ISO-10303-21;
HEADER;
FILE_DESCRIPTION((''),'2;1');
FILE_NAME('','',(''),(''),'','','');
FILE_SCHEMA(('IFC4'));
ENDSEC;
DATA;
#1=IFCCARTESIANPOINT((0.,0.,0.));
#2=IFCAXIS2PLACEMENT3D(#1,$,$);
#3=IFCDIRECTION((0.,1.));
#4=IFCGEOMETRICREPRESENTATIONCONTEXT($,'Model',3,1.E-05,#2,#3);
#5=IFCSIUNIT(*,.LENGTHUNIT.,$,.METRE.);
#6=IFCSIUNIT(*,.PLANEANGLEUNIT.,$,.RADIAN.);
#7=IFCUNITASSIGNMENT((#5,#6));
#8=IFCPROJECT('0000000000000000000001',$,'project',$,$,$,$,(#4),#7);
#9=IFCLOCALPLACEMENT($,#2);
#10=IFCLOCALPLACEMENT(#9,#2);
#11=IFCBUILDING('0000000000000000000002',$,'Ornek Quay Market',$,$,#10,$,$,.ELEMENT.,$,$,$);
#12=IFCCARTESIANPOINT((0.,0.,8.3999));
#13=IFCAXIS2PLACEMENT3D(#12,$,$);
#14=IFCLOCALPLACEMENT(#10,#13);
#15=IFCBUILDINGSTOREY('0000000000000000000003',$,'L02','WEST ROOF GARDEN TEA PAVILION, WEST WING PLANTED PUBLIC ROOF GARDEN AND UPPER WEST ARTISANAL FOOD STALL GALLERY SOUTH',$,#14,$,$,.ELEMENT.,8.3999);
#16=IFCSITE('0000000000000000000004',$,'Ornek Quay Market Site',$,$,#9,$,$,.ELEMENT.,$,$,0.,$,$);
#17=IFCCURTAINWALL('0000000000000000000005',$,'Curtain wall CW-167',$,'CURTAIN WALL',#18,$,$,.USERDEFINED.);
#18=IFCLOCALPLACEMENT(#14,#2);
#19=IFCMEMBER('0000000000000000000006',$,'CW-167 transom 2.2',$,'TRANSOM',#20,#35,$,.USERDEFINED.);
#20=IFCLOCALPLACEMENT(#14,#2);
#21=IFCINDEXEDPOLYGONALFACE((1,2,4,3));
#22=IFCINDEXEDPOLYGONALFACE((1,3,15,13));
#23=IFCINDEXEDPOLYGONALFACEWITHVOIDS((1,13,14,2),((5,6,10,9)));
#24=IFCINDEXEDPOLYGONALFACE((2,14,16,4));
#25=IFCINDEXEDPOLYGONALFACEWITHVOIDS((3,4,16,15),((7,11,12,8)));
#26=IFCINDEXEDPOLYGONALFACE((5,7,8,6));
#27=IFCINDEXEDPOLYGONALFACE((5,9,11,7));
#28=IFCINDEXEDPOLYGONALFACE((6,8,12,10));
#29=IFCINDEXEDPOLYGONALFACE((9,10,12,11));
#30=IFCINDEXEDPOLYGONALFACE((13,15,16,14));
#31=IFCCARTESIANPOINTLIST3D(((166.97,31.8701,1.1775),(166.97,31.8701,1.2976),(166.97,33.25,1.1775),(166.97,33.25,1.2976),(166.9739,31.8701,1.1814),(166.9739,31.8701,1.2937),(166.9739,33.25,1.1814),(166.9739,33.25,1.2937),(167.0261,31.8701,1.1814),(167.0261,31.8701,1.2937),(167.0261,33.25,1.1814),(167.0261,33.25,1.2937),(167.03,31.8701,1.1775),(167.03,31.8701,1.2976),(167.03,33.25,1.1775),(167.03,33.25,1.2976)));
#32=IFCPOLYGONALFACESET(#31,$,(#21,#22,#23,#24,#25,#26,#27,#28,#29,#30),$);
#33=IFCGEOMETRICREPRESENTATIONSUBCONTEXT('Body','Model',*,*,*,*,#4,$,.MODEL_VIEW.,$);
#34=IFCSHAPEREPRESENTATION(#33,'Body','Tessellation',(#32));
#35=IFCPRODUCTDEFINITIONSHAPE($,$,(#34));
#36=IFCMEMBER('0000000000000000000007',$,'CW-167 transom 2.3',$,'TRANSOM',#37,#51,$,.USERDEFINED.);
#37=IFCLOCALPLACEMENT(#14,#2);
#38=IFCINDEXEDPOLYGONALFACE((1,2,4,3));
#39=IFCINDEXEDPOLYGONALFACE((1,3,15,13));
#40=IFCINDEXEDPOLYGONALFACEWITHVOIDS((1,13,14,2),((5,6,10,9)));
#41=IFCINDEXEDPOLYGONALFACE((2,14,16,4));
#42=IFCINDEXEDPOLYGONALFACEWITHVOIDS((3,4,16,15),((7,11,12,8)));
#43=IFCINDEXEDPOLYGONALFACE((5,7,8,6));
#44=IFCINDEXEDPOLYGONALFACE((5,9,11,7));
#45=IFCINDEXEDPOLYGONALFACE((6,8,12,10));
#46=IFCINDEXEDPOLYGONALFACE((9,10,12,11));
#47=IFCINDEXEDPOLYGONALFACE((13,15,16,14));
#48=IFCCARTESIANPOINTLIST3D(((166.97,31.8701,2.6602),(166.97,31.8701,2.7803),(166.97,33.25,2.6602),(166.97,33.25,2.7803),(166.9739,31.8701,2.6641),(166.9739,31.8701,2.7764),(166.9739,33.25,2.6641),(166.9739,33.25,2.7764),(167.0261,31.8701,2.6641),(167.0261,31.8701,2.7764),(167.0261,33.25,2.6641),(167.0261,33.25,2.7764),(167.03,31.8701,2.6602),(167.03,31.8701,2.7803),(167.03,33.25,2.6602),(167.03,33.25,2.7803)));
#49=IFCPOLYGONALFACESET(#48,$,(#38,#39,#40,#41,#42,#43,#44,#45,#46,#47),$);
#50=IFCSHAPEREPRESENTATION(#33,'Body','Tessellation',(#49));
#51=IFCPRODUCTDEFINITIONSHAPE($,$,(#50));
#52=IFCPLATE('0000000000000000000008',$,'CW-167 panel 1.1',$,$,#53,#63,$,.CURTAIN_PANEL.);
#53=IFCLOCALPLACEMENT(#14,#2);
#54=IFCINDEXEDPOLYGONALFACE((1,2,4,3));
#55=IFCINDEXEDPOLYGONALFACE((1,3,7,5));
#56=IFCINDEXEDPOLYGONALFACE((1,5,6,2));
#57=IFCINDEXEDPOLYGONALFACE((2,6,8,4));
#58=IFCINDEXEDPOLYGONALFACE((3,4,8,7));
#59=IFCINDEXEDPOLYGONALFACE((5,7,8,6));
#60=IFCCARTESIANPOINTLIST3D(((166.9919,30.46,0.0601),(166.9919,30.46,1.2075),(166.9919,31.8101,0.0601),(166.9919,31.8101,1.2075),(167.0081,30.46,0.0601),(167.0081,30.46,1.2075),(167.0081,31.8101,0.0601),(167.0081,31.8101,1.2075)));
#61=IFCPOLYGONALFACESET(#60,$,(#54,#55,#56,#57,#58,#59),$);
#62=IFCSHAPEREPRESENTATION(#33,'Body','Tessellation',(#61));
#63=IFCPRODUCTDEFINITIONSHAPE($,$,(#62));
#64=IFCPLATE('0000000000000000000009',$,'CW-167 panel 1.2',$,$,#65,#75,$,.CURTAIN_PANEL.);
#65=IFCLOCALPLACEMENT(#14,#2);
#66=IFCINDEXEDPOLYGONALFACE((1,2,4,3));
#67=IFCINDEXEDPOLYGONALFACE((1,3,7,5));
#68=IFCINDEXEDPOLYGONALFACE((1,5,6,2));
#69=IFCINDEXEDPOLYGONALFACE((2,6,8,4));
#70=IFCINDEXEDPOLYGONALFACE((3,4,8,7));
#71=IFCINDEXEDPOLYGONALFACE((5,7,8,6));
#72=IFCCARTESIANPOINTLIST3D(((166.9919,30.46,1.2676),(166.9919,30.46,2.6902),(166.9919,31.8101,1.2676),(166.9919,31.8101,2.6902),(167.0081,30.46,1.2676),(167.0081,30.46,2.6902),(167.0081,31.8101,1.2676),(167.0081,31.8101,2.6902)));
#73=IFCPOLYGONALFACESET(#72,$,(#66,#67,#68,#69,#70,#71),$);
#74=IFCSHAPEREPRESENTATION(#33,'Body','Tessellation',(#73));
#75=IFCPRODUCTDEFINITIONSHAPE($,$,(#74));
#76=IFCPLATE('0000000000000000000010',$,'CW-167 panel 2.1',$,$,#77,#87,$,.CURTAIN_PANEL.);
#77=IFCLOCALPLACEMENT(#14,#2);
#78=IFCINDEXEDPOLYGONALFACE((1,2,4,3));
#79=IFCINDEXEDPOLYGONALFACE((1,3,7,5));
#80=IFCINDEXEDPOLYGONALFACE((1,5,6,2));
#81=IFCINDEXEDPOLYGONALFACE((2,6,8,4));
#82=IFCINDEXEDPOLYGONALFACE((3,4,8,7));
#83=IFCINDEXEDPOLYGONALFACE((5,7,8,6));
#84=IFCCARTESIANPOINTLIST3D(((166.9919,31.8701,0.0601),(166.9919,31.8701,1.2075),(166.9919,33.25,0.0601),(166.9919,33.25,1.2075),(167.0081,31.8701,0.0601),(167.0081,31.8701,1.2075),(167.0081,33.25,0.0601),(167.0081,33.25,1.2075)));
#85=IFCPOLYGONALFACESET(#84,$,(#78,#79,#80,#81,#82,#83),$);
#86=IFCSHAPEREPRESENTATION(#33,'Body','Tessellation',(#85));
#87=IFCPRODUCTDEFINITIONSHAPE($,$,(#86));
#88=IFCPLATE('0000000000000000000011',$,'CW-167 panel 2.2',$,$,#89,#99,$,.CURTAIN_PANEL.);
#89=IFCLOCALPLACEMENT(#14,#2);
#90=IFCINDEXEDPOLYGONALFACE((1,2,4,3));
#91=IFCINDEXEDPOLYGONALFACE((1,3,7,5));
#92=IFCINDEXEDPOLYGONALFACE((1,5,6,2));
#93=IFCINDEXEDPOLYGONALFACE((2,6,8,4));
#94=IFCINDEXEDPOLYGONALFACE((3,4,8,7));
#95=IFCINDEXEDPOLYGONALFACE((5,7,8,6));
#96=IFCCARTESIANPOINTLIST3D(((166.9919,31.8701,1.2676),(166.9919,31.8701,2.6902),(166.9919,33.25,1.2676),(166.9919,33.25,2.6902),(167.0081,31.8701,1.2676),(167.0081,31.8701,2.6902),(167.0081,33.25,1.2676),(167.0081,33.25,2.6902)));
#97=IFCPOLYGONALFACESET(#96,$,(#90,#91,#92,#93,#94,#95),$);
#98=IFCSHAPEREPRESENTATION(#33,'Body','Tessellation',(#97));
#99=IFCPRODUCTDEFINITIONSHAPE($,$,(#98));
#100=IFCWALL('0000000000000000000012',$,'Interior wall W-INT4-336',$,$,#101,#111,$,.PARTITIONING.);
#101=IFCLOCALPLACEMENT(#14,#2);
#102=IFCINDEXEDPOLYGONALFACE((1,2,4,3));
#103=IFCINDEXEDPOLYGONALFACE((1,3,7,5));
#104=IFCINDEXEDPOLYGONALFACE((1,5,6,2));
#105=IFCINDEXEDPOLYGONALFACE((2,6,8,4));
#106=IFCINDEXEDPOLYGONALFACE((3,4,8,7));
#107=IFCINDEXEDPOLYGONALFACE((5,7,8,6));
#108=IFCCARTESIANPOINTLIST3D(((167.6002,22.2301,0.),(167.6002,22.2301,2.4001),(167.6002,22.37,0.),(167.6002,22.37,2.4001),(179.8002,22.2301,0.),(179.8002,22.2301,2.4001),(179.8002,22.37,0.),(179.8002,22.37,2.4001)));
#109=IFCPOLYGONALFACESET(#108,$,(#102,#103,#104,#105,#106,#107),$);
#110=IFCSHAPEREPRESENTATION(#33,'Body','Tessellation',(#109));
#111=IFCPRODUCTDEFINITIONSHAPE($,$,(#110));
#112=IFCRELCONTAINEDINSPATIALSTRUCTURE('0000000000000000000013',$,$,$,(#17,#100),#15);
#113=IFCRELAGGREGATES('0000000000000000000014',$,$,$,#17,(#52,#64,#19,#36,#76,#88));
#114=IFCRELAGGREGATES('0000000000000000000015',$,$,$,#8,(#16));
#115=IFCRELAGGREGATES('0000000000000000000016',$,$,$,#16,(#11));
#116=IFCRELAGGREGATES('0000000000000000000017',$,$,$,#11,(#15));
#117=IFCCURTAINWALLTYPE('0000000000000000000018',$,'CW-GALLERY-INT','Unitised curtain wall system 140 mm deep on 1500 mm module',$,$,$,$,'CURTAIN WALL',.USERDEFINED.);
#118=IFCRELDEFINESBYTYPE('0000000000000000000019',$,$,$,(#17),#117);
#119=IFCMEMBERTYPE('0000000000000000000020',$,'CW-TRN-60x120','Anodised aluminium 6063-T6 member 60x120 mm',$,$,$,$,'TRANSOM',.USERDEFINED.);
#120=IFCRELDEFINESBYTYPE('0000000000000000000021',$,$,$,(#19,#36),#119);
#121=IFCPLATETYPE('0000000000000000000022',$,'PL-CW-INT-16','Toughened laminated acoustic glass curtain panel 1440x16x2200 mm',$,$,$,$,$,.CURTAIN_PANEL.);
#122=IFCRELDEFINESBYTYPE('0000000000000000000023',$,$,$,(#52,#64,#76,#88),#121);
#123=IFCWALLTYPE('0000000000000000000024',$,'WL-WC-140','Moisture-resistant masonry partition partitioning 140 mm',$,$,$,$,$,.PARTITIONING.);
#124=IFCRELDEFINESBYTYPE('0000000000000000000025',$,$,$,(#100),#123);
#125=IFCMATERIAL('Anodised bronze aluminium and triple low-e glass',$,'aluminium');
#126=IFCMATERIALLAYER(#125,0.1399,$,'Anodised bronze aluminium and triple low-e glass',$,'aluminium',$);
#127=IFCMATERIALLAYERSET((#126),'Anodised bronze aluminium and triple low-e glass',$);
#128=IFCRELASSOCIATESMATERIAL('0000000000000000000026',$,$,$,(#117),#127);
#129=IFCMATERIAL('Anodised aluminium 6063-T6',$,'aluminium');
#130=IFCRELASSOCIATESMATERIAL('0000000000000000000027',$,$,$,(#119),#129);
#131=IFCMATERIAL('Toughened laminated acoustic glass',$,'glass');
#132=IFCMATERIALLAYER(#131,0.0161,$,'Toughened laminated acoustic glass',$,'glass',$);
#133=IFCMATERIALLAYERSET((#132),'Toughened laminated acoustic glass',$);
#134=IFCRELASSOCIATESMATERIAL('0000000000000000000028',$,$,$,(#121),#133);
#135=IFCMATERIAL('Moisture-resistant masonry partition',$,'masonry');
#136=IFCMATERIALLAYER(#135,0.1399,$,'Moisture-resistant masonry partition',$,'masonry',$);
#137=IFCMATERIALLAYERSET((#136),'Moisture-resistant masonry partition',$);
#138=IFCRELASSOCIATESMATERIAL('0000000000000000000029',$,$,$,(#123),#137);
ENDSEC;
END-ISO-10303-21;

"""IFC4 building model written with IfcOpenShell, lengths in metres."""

from ifc_helpers import new_model, si_unit, direction, frame, frame_2d, origin, origin_2d, place, context, subcontext, project, spatial, rectangle, hollow_rectangle, extrude, material, layer, layer_set, material_profile, profile_set, type_object, element, aggregate, save


model = new_model("IFC4")

# Units and contexts
model_context = context("Model", 3, precision=1e-05, world=origin(), true_north=direction((0.0, 1.0)))
body_context = subcontext(model_context, "Body", "Model", "MODEL_VIEW")
ifc_project = project(units=[si_unit("LENGTHUNIT", "METRE"), si_unit("PLANEANGLEUNIT", "RADIAN")], contexts=[model_context])

# Site, building, storey
site_placement = place(None, origin())
site = spatial("IfcSite", under=ifc_project, at=site_placement, Name="Ornek Quay Market Site", CompositionType="ELEMENT", RefElevation=0.0)
building_placement = place(site_placement, origin())
building = spatial("IfcBuilding", under=site, at=building_placement, Name="Ornek Quay Market", CompositionType="ELEMENT")
storey_placement = place(building_placement, frame((0.0, 0.0, 8.3999)))
storey = spatial("IfcBuildingStorey", under=building, at=storey_placement, Name="L02", Description="WEST ROOF GARDEN TEA PAVILION, WEST WING PLANTED PUBLIC ROOF GARDEN AND UPPER WEST ARTISANAL FOOD STALL GALLERY SOUTH", CompositionType="ELEMENT", Elevation=8.3999)

# Curtain wall, members, plates
ifc_material_1 = material(Name="Anodised bronze aluminium and triple low-e glass", Category="aluminium")
ifc_layer_1 = layer(ifc_material_1, 0.1399, Name="Anodised bronze aluminium and triple low-e glass", Category="aluminium")
ifc_layer_set_1 = layer_set([ifc_layer_1], Name="Anodised bronze aluminium and triple low-e glass")
curtain_wall_type = type_object("IfcCurtainWallType", Name="CW-GALLERY-INT", Description="Unitised curtain wall system 140 mm deep on 1500 mm module", ElementType="CURTAIN WALL", PredefinedType="USERDEFINED", material=ifc_layer_set_1)
curtain_wall_placement = place(storey_placement, origin())
curtain_wall = element("IfcCurtainWall", 1, at=curtain_wall_placement, inside=storey, type_object=curtain_wall_type, Name="Curtain wall CW-167", ObjectType="CURTAIN WALL", PredefinedType="USERDEFINED")
ifc_material_2 = material(Name="Anodised aluminium 6063-T6", Category="aluminium")
ifc_material_profile_1 = material_profile(ifc_material_2, hollow_rectangle(XDim=0.0601, YDim=0.1201, WallThickness=0.0039, at=origin_2d()), Name="CW-TRN-60x120", Category="aluminium")
ifc_profile_set_1 = profile_set([ifc_material_profile_1], Name="Anodised aluminium 6063-T6")
member_type_1 = type_object("IfcMemberType", Name="CW-TRN-60x120", Description="Anodised aluminium 6063-T6 member 60x120 mm", ElementType="TRANSOM", PredefinedType="USERDEFINED", material=ifc_profile_set_1)
member_1_placement = place(storey_placement, frame((167.0, 31.8701, 1.2375), z_axis=(0.0, 1.0, 0.0), x_axis=(-1.0, 0.0, 0.0)))
member_1 = element("IfcMember", 2, at=member_1_placement, type_object=member_type_1, Name="CW-167 transom 2.2", ObjectType="TRANSOM", PredefinedType="USERDEFINED", context=body_context, shape_type="SweptSolid", body=[
    extrude(hollow_rectangle(XDim=0.0601, YDim=0.1201, WallThickness=0.0039, at=origin_2d()), origin(), (0.0, 0.0, 1.0), 1.3799),
])
member_2_placement = place(storey_placement, frame((167.0, 31.8701, 2.7202), z_axis=(0.0, 1.0, 0.0), x_axis=(-1.0, 0.0, 0.0)))
member_2 = element("IfcMember", 3, at=member_2_placement, type_object=member_type_1, Name="CW-167 transom 2.3", ObjectType="TRANSOM", PredefinedType="USERDEFINED", context=body_context, shape_type="SweptSolid", body=[
    extrude(hollow_rectangle(XDim=0.0601, YDim=0.1201, WallThickness=0.0039, at=origin_2d()), origin(), (0.0, 0.0, 1.0), 1.3799),
])
ifc_material_3 = material(Name="Toughened laminated acoustic glass", Category="glass")
ifc_layer_2 = layer(ifc_material_3, 0.0161, Name="Toughened laminated acoustic glass", Category="glass")
ifc_layer_set_2 = layer_set([ifc_layer_2], Name="Toughened laminated acoustic glass")
plate_type = type_object("IfcPlateType", Name="PL-CW-INT-16", Description="Toughened laminated acoustic glass curtain panel 1440x16x2200 mm", PredefinedType="CURTAIN_PANEL", material=ifc_layer_set_2)
plate_1_placement = place(storey_placement, frame((167.0, 31.135, 0.0601), z_axis=(0.0, 0.0, 1.0), x_axis=(0.0, 1.0, 0.0)))
plate_1 = element("IfcPlate", 4, at=plate_1_placement, type_object=plate_type, Name="CW-167 panel 1.1", PredefinedType="CURTAIN_PANEL", context=body_context, shape_type="SweptSolid", body=[
    extrude(rectangle(XDim=1.3501, YDim=0.0161, at=origin_2d()), origin(), (0.0, 0.0, 1.0), 1.1475),
])
plate_2_placement = place(storey_placement, frame((167.0, 31.135, 1.2676), z_axis=(0.0, 0.0, 1.0), x_axis=(0.0, 1.0, 0.0)))
plate_2 = element("IfcPlate", 5, at=plate_2_placement, type_object=plate_type, Name="CW-167 panel 1.2", PredefinedType="CURTAIN_PANEL", context=body_context, shape_type="SweptSolid", body=[
    extrude(rectangle(XDim=1.3501, YDim=0.0161, at=origin_2d()), origin(), (0.0, 0.0, 1.0), 1.4226),
])
plate_3_placement = place(storey_placement, frame((167.0, 32.5601, 0.0601), z_axis=(0.0, 0.0, 1.0), x_axis=(0.0, 1.0, 0.0)))
plate_3 = element("IfcPlate", 6, at=plate_3_placement, type_object=plate_type, Name="CW-167 panel 2.1", PredefinedType="CURTAIN_PANEL", context=body_context, shape_type="SweptSolid", body=[
    extrude(rectangle(XDim=1.3799, YDim=0.0161, at=origin_2d()), origin(), (0.0, 0.0, 1.0), 1.1475),
])
plate_4_placement = place(storey_placement, frame((167.0, 32.5601, 1.2676), z_axis=(0.0, 0.0, 1.0), x_axis=(0.0, 1.0, 0.0)))
plate_4 = element("IfcPlate", 7, at=plate_4_placement, type_object=plate_type, Name="CW-167 panel 2.2", PredefinedType="CURTAIN_PANEL", context=body_context, shape_type="SweptSolid", body=[
    extrude(rectangle(XDim=1.3799, YDim=0.0161, at=origin_2d()), origin(), (0.0, 0.0, 1.0), 1.4226),
])
aggregate(curtain_wall, [plate_1, plate_2, member_1, member_2, plate_3, plate_4])

# Wall
ifc_material_4 = material(Name="Moisture-resistant masonry partition", Category="masonry")
ifc_layer_3 = layer(ifc_material_4, 0.1399, Name="Moisture-resistant masonry partition", Category="masonry")
ifc_layer_set_3 = layer_set([ifc_layer_3], Name="Moisture-resistant masonry partition")
wall_type_1 = type_object("IfcWallType", Name="WL-WC-140", Description="Moisture-resistant masonry partition partitioning 140 mm", PredefinedType="PARTITIONING", material=ifc_layer_set_3)
wall_1_placement = place(storey_placement, frame((167.6001, 22.3, 0.0), z_axis=(0.0, 0.0, 1.0), x_axis=(1.0, 0.0, 0.0)))
element("IfcWall", 8, at=wall_1_placement, inside=storey, type_object=wall_type_1, Name="Interior wall W-INT4-336", PredefinedType="PARTITIONING", context=body_context, shape_type="SweptSolid", body=[
    extrude(rectangle(XDim=12.2, YDim=0.1399, at=frame_2d((6.1001, 0.0))), origin(), (0.0, 0.0, 1.0), 2.4001),
])

save(model, "model.ifc")
